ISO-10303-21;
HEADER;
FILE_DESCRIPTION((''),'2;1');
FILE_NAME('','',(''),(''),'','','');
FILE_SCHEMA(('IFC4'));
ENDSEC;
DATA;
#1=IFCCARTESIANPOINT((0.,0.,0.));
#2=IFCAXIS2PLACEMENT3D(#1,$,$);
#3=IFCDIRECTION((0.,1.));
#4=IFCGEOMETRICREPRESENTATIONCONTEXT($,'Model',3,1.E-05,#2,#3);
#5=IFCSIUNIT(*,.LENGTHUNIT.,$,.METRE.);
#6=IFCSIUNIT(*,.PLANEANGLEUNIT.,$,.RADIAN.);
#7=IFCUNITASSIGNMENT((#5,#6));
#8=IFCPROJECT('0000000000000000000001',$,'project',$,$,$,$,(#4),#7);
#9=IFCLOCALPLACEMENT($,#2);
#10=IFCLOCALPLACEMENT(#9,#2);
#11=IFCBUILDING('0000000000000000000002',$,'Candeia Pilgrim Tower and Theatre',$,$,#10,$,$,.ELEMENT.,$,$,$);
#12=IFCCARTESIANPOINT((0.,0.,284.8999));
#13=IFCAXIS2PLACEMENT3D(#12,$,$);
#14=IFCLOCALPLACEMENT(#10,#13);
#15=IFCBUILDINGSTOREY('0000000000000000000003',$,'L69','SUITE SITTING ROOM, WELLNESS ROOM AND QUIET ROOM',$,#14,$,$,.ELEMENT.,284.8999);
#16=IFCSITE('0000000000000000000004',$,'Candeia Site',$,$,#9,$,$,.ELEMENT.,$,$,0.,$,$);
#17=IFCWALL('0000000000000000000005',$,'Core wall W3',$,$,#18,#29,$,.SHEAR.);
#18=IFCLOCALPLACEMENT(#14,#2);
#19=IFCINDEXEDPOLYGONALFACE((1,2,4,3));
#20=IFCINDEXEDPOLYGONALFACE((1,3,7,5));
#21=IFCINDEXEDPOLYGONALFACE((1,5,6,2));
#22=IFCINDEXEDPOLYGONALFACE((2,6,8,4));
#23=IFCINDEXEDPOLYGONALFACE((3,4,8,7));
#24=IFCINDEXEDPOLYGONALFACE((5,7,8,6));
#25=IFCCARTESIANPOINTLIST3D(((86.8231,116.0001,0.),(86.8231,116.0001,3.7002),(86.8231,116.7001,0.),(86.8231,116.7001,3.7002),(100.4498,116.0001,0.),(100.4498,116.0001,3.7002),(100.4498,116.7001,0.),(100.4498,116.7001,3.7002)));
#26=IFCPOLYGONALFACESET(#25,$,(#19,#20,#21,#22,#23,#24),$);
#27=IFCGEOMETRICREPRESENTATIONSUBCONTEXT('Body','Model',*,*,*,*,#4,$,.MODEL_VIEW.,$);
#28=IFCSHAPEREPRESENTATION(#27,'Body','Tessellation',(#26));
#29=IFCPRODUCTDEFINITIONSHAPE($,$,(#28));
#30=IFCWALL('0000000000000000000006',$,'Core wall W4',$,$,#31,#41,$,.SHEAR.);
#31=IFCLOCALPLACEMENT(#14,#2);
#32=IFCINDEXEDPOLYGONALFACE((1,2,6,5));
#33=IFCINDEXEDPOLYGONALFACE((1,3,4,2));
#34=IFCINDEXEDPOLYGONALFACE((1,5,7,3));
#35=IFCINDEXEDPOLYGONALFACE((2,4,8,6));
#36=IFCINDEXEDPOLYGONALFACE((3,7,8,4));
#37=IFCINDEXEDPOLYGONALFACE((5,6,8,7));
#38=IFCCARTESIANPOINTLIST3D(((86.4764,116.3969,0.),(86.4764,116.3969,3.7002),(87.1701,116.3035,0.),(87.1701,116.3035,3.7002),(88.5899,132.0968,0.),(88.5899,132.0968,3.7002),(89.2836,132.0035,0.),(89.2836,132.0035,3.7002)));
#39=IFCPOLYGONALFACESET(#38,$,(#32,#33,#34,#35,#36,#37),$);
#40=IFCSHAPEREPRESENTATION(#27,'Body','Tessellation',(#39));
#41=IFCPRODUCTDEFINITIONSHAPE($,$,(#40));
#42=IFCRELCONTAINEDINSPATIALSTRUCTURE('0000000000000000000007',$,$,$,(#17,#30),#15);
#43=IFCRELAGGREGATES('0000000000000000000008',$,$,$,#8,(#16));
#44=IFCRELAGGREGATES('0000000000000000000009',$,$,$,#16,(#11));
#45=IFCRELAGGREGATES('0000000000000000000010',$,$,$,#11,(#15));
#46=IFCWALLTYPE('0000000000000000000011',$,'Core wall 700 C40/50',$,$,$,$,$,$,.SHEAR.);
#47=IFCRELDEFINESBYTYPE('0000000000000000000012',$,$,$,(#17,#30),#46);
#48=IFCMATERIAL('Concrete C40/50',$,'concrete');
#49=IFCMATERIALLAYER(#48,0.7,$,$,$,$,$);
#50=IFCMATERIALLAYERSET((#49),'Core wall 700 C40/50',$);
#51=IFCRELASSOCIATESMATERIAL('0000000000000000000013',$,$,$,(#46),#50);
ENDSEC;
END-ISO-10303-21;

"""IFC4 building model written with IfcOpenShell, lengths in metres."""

from ifc_helpers import new_model, si_unit, direction, frame, frame_2d, origin, place, context, subcontext, project, spatial, rectangle, extrude, material, layer, layer_set, type_object, element, save


model = new_model("IFC4")

# Units and contexts
model_context = context("Model", 3, precision=1e-05, world=origin(), true_north=direction((0.0, 1.0)))
body_context = subcontext(model_context, "Body", "Model", "MODEL_VIEW")
ifc_project = project(units=[si_unit("LENGTHUNIT", "METRE"), si_unit("PLANEANGLEUNIT", "RADIAN")], contexts=[model_context])

# Site, building, storey
site_placement = place(None, origin())
site = spatial("IfcSite", under=ifc_project, at=site_placement, Name="Candeia Site", CompositionType="ELEMENT", RefElevation=0.0)
building_placement = place(site_placement, origin())
building = spatial("IfcBuilding", under=site, at=building_placement, Name="Candeia Pilgrim Tower and Theatre", CompositionType="ELEMENT")
storey_placement = place(building_placement, frame((0.0, 0.0, 284.8999)))
storey = spatial("IfcBuildingStorey", under=building, at=storey_placement, Name="L69", Description="SUITE SITTING ROOM, WELLNESS ROOM AND QUIET ROOM", CompositionType="ELEMENT", Elevation=284.8999)

# Walls
ifc_material_1 = material(Name="Concrete C40/50", Category="concrete")
ifc_layer_1 = layer(ifc_material_1, 0.7)
ifc_layer_set_1 = layer_set([ifc_layer_1], Name="Core wall 700 C40/50")
wall_type_1 = type_object("IfcWallType", Name="Core wall 700 C40/50", PredefinedType="SHEAR", material=ifc_layer_set_1)
wall_1_placement = place(storey_placement, frame((100.45, 116.3501, 0.0), z_axis=(0.0, 0.0, 1.0), x_axis=(-1.0, 0.0, 0.0)))
element("IfcWall", 1, at=wall_1_placement, inside=storey, type_object=wall_type_1, Name="Core wall W3", PredefinedType="SHEAR", context=body_context, shape_type="SweptSolid", body=[
    extrude(rectangle(XDim=13.6267, YDim=0.7, at=frame_2d((6.8135, 0.0))), origin(), (0.0, 0.0, 1.0), 3.7002),
])
wall_2_placement = place(storey_placement, frame((86.8232, 116.3501, 0.0), z_axis=(0.0, 0.0, 1.0), x_axis=(0.133416, 0.99106, 0.0)))
element("IfcWall", 2, at=wall_2_placement, inside=storey, type_object=wall_type_1, Name="Core wall W4", PredefinedType="SHEAR", context=body_context, shape_type="SweptSolid", body=[
    extrude(rectangle(XDim=15.8416, YDim=0.7, at=frame_2d((7.9209, 0.0))), origin(), (0.0, 0.0, 1.0), 3.7002),
])

save(model, "model.ifc")
